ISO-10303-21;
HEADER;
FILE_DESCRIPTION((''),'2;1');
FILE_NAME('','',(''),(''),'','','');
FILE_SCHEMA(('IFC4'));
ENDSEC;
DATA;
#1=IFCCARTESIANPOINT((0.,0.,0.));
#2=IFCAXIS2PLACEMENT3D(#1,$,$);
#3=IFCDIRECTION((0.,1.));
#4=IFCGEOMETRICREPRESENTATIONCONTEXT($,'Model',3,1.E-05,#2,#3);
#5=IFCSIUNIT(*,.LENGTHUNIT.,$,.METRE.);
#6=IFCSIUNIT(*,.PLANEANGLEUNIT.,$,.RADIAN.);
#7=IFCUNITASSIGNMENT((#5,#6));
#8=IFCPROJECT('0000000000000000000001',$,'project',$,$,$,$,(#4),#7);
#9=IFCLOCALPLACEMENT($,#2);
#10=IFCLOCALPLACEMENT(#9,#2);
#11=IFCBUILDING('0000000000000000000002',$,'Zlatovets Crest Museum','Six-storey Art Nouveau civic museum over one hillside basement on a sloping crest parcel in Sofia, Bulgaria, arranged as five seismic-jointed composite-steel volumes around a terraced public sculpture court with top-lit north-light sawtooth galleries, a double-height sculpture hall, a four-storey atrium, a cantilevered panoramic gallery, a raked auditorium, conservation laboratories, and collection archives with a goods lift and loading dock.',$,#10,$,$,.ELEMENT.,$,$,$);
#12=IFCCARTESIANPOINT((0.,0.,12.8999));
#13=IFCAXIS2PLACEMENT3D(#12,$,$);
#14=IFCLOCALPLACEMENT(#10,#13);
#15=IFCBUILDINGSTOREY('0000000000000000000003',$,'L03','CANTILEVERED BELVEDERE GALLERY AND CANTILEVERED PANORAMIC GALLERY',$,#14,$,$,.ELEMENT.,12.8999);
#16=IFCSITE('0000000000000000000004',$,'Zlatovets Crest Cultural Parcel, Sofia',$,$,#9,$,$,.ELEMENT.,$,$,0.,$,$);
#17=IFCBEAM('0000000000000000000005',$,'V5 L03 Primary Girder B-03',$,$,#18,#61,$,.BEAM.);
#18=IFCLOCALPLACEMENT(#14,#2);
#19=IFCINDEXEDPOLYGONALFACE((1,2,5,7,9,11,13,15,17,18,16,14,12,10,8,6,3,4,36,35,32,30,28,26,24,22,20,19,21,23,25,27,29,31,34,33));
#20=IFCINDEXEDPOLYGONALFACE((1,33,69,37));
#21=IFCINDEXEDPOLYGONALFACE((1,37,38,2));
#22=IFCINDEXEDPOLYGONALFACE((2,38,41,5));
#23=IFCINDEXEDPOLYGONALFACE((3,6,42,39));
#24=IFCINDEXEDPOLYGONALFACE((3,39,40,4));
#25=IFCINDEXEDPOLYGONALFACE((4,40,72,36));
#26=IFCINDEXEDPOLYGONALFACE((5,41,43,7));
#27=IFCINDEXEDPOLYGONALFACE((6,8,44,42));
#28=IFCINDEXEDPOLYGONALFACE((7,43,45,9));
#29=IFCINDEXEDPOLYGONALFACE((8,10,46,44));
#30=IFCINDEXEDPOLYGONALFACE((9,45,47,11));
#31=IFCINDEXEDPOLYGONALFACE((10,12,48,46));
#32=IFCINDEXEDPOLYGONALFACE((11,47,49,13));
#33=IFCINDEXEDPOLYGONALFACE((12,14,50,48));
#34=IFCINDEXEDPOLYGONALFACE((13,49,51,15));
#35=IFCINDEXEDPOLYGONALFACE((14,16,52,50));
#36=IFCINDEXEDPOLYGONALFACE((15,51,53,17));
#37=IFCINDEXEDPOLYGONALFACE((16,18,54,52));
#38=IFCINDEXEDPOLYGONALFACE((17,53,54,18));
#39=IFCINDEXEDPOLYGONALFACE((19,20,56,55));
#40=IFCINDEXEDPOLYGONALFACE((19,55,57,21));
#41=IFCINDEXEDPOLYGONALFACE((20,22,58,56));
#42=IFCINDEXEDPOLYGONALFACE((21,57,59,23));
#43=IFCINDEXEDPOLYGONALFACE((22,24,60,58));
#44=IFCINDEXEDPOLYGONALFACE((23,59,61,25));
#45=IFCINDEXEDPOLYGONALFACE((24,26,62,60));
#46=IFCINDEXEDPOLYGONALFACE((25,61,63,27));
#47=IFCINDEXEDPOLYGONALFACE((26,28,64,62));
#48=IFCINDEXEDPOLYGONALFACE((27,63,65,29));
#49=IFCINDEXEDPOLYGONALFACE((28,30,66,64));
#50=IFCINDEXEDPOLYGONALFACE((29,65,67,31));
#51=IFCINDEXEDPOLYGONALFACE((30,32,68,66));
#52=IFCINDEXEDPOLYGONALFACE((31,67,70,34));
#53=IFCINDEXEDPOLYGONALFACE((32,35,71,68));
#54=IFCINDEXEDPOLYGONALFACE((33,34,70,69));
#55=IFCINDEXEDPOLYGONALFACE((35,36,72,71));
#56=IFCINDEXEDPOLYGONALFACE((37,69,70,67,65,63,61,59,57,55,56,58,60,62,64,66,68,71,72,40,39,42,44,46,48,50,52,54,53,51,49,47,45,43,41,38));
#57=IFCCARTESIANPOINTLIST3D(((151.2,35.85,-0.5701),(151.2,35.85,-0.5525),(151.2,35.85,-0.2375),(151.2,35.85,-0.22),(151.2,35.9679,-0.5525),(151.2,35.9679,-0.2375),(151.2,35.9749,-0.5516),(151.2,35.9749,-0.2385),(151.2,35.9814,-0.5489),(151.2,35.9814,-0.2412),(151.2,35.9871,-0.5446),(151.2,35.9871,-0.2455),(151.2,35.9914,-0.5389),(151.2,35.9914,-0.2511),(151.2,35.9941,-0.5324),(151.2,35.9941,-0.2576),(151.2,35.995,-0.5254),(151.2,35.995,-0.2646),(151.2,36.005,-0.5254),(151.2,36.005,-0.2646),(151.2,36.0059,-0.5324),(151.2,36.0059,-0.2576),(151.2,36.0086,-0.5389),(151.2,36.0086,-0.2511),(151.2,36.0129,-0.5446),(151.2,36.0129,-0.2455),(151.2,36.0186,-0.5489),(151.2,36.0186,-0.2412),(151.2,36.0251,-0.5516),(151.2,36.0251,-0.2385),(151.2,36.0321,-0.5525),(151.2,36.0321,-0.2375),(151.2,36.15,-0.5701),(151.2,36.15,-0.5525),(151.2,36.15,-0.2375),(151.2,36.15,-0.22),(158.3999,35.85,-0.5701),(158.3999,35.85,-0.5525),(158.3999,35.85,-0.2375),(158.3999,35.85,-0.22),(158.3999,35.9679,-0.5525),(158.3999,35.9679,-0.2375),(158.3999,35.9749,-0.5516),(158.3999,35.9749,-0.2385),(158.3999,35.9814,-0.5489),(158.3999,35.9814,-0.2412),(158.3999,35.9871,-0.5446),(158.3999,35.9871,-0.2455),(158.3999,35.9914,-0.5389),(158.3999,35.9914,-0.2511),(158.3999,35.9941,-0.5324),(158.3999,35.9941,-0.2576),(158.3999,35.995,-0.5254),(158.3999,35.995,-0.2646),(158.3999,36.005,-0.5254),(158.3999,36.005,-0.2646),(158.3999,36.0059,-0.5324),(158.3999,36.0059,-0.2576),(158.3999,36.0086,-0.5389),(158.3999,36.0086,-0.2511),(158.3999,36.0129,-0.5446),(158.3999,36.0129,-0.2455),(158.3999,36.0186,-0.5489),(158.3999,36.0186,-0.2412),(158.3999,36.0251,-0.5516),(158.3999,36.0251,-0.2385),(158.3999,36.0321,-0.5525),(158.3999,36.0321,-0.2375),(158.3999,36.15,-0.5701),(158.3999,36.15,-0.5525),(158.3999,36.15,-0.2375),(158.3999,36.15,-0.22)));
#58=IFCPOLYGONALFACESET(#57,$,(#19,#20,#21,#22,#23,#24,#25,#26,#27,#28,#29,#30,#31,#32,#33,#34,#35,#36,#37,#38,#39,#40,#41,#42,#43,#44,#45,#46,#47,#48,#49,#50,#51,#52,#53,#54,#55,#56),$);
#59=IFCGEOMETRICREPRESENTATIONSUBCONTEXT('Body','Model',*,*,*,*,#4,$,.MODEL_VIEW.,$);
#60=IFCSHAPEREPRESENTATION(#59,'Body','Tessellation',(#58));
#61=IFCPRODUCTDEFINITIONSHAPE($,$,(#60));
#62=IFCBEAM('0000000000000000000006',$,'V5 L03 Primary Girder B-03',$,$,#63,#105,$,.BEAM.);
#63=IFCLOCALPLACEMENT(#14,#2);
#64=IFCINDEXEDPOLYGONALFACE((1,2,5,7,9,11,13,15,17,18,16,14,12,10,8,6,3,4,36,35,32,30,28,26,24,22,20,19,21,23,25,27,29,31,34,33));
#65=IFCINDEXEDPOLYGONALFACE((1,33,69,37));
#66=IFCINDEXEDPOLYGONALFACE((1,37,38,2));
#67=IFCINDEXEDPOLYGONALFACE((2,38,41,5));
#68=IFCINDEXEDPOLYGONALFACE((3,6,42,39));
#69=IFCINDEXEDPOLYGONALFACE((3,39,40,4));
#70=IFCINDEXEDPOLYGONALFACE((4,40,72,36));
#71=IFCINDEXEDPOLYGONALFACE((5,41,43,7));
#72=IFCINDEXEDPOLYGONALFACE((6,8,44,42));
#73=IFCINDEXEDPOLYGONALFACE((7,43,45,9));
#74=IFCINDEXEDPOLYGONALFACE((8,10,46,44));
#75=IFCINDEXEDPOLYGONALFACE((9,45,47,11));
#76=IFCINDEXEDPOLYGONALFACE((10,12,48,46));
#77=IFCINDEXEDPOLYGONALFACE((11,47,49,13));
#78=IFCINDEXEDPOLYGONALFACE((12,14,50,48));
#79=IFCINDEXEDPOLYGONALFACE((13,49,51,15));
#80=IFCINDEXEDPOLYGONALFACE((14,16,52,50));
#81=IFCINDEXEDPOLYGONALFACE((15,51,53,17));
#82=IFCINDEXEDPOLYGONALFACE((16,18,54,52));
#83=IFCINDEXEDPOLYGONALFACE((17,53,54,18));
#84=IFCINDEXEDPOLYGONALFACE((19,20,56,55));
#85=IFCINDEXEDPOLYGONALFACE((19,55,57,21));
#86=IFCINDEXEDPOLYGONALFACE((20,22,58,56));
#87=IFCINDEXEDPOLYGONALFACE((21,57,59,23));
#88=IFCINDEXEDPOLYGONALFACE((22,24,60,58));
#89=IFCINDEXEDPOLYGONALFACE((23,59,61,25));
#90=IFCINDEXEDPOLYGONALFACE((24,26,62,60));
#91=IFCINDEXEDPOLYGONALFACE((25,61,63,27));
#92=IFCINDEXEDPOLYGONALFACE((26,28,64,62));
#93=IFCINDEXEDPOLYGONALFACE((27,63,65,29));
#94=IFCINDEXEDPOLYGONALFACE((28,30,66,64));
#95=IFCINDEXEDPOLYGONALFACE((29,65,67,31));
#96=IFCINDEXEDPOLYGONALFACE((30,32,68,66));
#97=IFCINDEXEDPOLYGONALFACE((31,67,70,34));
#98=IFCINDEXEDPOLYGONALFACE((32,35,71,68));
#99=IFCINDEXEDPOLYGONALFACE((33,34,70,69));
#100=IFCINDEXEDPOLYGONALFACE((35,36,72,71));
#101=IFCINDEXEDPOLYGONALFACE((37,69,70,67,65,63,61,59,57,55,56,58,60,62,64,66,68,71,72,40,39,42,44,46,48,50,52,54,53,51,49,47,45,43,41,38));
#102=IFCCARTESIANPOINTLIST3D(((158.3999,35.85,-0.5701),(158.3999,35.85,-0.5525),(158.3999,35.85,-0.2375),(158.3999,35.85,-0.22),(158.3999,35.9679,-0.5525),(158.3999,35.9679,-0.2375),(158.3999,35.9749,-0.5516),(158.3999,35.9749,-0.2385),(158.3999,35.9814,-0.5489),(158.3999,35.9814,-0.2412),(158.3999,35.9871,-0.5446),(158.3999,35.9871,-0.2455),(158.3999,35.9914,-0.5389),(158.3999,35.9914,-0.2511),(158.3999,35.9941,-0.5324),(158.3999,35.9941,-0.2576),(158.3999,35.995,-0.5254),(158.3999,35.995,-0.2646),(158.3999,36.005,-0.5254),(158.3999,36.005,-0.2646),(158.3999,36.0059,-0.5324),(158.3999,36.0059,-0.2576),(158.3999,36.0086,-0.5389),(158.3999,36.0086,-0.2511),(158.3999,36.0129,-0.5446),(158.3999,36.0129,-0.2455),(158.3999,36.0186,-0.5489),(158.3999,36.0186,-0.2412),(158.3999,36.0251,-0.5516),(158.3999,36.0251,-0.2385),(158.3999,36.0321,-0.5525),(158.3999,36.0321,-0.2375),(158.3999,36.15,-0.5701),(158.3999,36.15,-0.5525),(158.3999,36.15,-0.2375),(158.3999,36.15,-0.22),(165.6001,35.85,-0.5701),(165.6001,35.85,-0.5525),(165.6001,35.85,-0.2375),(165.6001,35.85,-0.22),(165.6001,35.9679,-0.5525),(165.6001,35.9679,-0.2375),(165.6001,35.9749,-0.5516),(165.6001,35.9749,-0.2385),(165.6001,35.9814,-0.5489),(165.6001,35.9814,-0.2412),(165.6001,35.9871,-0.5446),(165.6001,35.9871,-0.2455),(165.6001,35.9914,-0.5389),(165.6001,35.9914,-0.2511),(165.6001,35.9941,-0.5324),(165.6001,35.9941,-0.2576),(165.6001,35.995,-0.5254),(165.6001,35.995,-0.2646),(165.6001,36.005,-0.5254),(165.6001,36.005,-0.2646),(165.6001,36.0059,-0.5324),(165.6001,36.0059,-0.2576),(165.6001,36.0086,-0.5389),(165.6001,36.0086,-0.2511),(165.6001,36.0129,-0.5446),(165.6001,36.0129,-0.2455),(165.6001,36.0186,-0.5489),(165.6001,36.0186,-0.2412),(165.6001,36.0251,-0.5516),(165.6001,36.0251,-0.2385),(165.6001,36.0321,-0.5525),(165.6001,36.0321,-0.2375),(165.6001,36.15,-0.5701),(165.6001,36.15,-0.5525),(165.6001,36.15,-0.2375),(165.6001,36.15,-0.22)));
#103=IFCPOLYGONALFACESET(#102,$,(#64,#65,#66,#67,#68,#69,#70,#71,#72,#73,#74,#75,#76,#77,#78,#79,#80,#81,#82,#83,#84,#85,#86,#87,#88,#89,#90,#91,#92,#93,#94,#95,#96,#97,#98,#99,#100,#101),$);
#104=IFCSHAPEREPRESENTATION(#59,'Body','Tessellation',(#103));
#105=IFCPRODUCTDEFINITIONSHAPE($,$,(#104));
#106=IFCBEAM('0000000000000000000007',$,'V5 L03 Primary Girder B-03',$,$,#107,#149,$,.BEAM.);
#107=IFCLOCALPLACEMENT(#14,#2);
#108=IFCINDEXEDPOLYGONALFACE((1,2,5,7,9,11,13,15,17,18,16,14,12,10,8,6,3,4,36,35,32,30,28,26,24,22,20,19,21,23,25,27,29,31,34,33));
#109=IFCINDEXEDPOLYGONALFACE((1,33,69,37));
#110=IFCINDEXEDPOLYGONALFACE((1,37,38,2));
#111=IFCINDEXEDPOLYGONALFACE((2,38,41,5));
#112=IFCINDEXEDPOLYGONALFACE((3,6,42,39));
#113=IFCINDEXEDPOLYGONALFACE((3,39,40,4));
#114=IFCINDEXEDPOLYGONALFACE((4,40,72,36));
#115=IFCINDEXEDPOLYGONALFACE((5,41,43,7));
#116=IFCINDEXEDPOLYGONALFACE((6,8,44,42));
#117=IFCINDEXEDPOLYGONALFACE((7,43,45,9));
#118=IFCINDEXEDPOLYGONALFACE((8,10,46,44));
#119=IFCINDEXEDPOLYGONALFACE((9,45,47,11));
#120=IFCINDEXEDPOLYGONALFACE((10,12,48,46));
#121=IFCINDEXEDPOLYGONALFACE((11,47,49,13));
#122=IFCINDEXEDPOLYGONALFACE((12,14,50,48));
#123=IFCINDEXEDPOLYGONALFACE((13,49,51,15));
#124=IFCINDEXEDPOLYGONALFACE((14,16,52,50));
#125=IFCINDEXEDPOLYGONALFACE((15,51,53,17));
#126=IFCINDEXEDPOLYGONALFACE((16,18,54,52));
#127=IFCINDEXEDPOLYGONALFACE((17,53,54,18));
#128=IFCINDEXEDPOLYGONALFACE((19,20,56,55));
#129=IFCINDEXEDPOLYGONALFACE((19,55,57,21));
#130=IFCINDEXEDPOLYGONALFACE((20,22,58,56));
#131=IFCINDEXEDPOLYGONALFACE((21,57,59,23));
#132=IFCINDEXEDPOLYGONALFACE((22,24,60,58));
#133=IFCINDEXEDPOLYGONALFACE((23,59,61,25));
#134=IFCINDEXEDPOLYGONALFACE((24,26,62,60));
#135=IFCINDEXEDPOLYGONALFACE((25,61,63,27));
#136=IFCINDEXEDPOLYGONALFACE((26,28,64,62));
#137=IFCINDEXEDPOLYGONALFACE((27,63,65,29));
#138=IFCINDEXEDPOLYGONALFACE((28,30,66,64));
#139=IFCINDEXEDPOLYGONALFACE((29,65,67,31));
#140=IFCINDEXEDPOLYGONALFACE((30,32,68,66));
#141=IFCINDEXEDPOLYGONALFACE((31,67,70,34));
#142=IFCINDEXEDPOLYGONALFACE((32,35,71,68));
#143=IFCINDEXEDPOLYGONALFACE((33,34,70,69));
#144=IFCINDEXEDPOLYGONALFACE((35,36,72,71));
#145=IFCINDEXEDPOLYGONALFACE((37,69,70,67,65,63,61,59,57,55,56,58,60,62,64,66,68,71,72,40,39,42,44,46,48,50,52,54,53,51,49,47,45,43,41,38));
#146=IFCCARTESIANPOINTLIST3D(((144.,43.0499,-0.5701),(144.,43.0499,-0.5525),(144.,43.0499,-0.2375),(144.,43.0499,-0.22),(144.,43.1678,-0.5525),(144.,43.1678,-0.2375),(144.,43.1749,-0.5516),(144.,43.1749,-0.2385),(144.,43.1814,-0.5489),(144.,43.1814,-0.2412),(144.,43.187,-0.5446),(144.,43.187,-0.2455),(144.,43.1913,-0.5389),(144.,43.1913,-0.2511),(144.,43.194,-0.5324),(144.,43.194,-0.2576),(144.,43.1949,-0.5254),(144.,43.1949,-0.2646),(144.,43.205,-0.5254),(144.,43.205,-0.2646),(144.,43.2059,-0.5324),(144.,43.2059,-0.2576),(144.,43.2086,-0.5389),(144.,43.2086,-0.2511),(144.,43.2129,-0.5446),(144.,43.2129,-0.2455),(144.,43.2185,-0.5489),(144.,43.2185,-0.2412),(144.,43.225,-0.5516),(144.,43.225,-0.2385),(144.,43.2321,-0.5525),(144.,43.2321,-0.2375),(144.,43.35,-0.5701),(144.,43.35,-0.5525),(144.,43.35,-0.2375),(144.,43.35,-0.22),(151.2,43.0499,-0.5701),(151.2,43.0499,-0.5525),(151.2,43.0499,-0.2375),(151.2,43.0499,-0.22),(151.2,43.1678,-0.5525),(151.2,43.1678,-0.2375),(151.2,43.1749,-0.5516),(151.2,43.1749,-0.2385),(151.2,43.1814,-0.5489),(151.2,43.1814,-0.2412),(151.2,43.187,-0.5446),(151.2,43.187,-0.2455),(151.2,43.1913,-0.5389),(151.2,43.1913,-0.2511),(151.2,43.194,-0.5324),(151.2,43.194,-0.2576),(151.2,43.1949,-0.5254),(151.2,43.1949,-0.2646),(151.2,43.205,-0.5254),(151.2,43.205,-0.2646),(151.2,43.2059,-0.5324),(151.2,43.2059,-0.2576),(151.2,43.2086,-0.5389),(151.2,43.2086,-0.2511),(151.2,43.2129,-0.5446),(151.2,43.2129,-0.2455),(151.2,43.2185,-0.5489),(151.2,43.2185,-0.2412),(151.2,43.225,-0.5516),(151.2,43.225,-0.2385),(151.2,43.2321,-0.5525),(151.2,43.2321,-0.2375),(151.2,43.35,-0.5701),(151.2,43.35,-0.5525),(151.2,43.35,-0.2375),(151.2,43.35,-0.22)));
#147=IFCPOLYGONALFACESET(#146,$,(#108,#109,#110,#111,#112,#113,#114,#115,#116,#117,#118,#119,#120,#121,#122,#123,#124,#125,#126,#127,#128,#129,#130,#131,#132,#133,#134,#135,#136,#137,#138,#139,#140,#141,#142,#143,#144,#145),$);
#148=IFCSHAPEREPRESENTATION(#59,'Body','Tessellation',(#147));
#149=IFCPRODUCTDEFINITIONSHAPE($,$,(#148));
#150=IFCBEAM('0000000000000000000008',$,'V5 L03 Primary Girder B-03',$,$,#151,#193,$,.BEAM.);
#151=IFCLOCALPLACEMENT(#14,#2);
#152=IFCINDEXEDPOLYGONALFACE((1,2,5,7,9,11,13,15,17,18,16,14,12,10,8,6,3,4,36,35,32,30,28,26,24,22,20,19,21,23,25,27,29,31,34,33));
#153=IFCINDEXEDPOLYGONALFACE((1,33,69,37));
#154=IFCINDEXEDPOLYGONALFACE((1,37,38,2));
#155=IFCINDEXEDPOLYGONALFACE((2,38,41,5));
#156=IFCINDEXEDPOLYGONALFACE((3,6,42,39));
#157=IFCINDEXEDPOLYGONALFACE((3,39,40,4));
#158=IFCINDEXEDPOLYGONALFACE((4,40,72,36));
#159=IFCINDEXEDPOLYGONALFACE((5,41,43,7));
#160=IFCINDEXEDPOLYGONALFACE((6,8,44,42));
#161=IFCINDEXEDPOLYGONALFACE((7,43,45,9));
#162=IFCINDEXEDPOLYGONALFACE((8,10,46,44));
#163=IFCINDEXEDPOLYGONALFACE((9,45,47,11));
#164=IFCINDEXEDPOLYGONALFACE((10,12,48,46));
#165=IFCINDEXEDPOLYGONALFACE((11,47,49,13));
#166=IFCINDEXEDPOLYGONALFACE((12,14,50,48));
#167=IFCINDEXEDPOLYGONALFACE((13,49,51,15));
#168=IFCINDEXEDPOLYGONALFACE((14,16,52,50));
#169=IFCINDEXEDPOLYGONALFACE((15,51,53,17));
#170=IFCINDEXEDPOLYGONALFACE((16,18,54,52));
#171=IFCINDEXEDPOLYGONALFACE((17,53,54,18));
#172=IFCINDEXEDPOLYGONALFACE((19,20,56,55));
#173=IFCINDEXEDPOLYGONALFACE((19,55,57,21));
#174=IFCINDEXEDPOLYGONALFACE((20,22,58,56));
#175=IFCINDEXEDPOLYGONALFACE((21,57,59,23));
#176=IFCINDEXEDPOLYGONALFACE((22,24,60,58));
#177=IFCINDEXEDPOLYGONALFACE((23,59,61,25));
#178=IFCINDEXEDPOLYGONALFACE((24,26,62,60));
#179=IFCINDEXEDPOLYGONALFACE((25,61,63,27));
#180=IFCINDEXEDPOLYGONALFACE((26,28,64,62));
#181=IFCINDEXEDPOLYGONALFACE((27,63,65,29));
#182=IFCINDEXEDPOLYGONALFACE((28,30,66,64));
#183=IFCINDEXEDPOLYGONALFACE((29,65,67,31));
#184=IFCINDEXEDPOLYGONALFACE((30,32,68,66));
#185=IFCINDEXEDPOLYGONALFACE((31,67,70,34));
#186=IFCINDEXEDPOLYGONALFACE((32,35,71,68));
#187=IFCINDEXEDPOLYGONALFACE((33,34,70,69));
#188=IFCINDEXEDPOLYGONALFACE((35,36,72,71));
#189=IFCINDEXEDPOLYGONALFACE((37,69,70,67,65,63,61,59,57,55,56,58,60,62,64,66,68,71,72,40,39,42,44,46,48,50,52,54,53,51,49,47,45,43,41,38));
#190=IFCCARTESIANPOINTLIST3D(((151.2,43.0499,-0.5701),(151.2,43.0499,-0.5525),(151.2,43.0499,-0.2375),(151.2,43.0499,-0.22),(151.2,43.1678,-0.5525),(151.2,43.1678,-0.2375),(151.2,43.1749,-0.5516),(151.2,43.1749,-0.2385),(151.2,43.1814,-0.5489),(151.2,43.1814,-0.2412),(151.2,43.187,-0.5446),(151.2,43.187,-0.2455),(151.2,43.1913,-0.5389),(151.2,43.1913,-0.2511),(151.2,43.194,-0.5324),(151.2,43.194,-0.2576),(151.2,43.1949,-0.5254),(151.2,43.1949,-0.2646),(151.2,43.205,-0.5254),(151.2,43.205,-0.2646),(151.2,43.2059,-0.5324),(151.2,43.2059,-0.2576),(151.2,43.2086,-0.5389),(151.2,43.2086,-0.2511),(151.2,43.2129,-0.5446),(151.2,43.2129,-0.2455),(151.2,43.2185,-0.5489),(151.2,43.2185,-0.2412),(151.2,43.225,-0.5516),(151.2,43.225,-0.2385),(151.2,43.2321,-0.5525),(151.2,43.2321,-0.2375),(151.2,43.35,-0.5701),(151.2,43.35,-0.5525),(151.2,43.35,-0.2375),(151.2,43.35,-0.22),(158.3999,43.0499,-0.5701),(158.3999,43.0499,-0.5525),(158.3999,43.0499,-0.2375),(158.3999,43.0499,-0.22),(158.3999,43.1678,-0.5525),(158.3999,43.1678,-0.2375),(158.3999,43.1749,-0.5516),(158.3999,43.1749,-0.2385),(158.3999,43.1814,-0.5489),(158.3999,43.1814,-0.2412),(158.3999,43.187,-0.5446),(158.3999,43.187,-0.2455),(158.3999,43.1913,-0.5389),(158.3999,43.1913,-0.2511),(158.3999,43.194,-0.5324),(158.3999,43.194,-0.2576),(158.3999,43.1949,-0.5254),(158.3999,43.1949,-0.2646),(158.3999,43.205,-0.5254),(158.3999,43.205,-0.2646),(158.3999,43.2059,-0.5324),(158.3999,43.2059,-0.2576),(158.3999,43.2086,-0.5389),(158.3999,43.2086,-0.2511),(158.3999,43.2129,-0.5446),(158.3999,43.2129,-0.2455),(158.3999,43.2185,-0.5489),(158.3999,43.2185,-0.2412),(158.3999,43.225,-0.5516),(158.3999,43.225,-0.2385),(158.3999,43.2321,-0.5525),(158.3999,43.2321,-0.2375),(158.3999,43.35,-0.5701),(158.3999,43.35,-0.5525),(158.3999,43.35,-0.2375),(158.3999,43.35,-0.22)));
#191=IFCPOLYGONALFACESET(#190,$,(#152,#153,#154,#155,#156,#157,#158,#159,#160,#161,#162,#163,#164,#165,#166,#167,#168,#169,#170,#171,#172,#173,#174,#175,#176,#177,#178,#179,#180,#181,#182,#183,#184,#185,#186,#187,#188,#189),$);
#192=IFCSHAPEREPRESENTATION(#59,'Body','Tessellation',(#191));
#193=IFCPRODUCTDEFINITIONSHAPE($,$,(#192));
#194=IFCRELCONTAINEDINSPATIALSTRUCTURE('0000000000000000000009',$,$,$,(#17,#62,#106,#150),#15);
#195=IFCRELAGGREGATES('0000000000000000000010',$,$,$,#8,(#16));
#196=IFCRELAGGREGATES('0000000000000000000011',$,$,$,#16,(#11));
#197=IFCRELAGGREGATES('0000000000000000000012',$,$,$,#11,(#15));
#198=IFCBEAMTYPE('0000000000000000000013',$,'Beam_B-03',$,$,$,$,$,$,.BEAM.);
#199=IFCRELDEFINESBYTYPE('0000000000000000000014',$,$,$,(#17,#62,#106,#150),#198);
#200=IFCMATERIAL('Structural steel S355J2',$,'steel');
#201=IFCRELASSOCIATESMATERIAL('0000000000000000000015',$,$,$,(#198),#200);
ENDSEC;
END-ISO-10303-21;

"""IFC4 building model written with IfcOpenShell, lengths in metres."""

from ifc_helpers import new_model, si_unit, direction, frame, origin, origin_2d, place, context, subcontext, project, spatial, i_section, extrude, material, material_profile, profile_set, type_object, element, save


model = new_model("IFC4")

# Units and contexts
model_context = context("Model", 3, precision=1e-05, world=origin(), true_north=direction((0.0, 1.0)))
body_context = subcontext(model_context, "Body", "Model", "MODEL_VIEW")
ifc_project = project(units=[si_unit("LENGTHUNIT", "METRE"), si_unit("PLANEANGLEUNIT", "RADIAN")], contexts=[model_context])

# Site, building, storey
site_placement = place(None, origin())
site = spatial("IfcSite", under=ifc_project, at=site_placement, Name="Zlatovets Crest Cultural Parcel, Sofia", CompositionType="ELEMENT", RefElevation=0.0)
building_placement = place(site_placement, origin())
building = spatial("IfcBuilding", under=site, at=building_placement, Name="Zlatovets Crest Museum", Description="Six-storey Art Nouveau civic museum over one hillside basement on a sloping crest parcel in Sofia, Bulgaria, arranged as five seismic-jointed composite-steel volumes around a terraced public sculpture court with top-lit north-light sawtooth galleries, a double-height sculpture hall, a four-storey atrium, a cantilevered panoramic gallery, a raked auditorium, conservation laboratories, and collection archives with a goods lift and loading dock.", CompositionType="ELEMENT")
storey_placement = place(building_placement, frame((0.0, 0.0, 12.8999)))
storey = spatial("IfcBuildingStorey", under=building, at=storey_placement, Name="L03", Description="CANTILEVERED BELVEDERE GALLERY AND CANTILEVERED PANORAMIC GALLERY", CompositionType="ELEMENT", Elevation=12.8999)

# Beams
ifc_material = material(Name="Structural steel S355J2", Category="steel")
ifc_material_profile_1 = material_profile(ifc_material, i_section(OverallWidth=0.3, OverallDepth=0.3501, WebThickness=0.01, FlangeThickness=0.0176, FilletRadius=0.0271, at=origin_2d()), Name="HEA 360")
ifc_profile_set_1 = profile_set([ifc_material_profile_1], Name="Structural steel S355J2")
beam_type_1 = type_object("IfcBeamType", Name="Beam_B-03", PredefinedType="BEAM", material=ifc_profile_set_1)
beam_1_placement = place(storey_placement, frame((151.2, 36.0, -0.395), z_axis=(1.0, 0.0, 0.0), x_axis=(0.0, 1.0, 0.0)))
element("IfcBeam", 1, at=beam_1_placement, inside=storey, type_object=beam_type_1, Name="V5 L03 Primary Girder B-03", PredefinedType="BEAM", context=body_context, shape_type="SweptSolid", body=[
    extrude(i_section(OverallWidth=0.3, OverallDepth=0.3501, WebThickness=0.01, FlangeThickness=0.0176, FilletRadius=0.0271, at=origin_2d()), origin(), (0.0, 0.0, 1.0), 7.2),
])
beam_2_placement = place(storey_placement, frame((158.3999, 36.0, -0.395), z_axis=(1.0, 0.0, 0.0), x_axis=(0.0, 1.0, 0.0)))
element("IfcBeam", 2, at=beam_2_placement, inside=storey, type_object=beam_type_1, Name="V5 L03 Primary Girder B-03", PredefinedType="BEAM", context=body_context, shape_type="SweptSolid", body=[
    extrude(i_section(OverallWidth=0.3, OverallDepth=0.3501, WebThickness=0.01, FlangeThickness=0.0176, FilletRadius=0.0271, at=origin_2d()), origin(), (0.0, 0.0, 1.0), 7.2002),
])
for number, where, z_axis, x_axis, name in (
    (3, (144.0, 43.2, -0.395), (1.0, 0.0, 0.0), (0.0, 1.0, 0.0), "V5 L03 Primary Girder B-03"),
    (4, (151.2, 43.2, -0.395), (1.0, 0.0, 0.0), (0.0, 1.0, 0.0), "V5 L03 Primary Girder B-03"),
):
    element("IfcBeam", number, at=place(storey_placement, frame(where, z_axis=z_axis, x_axis=x_axis)), inside=storey, type_object=beam_type_1, Name=name, PredefinedType="BEAM", context=body_context, shape_type="SweptSolid", body=[
        extrude(i_section(OverallWidth=0.3, OverallDepth=0.3501, WebThickness=0.01, FlangeThickness=0.0176, FilletRadius=0.0271, at=origin_2d()), origin(), (0.0, 0.0, 1.0), 7.2),
    ])

save(model, "model.ifc")
